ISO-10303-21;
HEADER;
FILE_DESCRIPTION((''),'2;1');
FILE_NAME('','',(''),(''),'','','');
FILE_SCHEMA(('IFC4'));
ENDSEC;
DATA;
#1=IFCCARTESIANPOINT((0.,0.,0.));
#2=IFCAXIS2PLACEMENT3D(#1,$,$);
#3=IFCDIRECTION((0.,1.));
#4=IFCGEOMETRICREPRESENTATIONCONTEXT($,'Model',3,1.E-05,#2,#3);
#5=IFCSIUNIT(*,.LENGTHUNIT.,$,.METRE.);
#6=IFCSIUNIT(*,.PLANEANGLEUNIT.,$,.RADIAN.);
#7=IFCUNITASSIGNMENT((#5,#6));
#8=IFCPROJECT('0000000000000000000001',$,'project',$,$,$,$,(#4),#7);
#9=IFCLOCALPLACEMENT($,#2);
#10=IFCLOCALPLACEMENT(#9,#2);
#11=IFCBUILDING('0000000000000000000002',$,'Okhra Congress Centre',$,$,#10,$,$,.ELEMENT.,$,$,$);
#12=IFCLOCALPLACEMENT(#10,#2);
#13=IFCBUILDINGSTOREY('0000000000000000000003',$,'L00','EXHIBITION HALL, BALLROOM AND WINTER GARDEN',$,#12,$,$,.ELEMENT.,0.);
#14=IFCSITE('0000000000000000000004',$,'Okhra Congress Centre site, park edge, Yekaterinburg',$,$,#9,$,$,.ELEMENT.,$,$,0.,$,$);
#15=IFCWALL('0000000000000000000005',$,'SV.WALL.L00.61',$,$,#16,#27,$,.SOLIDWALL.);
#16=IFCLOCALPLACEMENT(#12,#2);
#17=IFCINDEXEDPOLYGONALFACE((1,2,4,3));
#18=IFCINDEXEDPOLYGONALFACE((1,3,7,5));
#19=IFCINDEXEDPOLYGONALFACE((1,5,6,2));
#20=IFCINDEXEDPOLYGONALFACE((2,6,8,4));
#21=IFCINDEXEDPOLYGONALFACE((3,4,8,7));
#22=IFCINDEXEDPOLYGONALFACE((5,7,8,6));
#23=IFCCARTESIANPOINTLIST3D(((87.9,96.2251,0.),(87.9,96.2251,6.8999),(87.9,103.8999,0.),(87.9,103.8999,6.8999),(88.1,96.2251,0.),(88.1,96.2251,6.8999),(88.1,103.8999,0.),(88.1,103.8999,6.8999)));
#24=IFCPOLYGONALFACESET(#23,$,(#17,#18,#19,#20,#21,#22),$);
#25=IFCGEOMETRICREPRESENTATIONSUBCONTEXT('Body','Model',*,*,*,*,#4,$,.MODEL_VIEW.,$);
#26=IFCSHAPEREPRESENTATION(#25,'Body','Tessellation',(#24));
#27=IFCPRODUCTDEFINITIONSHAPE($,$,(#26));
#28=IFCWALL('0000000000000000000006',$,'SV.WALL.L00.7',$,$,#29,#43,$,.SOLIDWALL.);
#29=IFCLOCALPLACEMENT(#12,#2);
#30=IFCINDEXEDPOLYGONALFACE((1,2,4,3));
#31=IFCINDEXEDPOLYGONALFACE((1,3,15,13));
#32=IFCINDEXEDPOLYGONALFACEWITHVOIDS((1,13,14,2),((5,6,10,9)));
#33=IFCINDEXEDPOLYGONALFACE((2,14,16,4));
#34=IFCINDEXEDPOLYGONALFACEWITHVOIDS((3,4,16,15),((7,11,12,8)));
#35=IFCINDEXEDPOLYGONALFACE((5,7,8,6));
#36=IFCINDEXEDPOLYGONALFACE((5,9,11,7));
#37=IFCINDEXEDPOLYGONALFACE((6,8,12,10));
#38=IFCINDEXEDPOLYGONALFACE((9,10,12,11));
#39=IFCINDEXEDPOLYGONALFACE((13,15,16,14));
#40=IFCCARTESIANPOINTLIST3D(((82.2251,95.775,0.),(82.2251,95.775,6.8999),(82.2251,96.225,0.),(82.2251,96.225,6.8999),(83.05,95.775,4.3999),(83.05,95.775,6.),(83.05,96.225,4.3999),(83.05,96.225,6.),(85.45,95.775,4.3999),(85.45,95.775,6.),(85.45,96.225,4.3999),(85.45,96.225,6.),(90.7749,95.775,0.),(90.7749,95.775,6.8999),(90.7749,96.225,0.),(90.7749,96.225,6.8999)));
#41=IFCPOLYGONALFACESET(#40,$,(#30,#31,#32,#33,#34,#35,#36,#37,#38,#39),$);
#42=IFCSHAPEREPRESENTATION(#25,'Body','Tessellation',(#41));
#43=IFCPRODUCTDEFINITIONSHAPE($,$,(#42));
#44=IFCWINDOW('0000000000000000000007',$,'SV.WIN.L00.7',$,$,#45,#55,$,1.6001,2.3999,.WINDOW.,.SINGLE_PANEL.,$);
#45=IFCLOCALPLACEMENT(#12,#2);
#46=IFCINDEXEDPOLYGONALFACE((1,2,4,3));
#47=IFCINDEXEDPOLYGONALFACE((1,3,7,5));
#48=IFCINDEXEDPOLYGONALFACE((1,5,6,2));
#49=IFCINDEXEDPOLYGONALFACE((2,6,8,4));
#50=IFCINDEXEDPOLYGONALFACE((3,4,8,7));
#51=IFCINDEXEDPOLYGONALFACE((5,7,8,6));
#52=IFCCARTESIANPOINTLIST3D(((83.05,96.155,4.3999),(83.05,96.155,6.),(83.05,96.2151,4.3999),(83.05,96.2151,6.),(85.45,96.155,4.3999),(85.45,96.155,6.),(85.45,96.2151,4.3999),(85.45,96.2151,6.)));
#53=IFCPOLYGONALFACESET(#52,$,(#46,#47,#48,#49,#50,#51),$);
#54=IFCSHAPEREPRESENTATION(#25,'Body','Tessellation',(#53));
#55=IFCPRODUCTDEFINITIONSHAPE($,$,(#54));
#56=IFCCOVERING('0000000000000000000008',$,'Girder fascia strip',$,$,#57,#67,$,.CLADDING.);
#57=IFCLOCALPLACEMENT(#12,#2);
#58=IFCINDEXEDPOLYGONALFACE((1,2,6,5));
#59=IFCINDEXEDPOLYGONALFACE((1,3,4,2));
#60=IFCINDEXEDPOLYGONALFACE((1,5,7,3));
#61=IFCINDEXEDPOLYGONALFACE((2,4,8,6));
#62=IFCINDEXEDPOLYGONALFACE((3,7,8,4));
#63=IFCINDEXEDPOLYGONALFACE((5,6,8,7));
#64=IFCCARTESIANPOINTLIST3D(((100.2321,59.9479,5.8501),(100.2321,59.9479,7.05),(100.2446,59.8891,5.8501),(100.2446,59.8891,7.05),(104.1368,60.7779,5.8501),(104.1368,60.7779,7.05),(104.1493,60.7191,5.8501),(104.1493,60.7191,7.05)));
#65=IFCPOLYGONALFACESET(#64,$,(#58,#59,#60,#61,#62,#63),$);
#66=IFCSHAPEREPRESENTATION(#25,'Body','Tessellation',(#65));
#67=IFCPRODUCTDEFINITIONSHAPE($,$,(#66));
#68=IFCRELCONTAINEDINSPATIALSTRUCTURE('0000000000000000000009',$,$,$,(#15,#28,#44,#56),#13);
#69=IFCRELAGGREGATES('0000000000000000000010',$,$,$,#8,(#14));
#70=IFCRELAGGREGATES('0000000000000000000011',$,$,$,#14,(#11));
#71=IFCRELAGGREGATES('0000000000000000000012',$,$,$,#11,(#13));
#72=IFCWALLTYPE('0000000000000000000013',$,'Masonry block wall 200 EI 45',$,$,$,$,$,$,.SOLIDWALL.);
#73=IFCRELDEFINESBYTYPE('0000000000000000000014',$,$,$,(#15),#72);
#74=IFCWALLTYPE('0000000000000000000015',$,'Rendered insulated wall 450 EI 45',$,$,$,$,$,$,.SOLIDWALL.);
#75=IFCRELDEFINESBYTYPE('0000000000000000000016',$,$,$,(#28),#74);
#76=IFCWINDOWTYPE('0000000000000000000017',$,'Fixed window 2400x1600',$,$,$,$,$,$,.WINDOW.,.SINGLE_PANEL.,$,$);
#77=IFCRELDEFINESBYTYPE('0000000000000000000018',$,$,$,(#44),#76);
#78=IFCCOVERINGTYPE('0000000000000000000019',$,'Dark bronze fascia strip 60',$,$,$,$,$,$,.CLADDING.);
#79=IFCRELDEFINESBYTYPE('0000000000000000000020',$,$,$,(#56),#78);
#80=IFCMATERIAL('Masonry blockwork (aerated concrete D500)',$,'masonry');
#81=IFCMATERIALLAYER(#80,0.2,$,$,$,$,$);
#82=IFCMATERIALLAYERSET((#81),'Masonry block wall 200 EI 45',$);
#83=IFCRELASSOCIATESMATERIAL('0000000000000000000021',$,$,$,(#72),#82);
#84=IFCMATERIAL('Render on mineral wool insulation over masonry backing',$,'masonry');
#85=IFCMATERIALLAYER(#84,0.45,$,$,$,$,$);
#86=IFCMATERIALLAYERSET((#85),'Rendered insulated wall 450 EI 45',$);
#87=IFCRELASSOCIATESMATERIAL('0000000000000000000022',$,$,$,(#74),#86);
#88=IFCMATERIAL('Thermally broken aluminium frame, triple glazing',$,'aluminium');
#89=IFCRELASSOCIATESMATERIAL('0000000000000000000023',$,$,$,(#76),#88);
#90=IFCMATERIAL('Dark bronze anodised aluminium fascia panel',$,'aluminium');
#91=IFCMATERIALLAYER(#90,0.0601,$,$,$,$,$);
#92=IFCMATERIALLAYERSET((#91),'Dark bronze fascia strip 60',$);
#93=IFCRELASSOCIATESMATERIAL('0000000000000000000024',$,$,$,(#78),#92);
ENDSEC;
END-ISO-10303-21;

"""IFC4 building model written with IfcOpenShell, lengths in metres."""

from ifc_helpers import new_model, si_unit, direction, frame, frame_2d, origin, origin_2d, place, context, subcontext, project, spatial, rectangle, extrude, material, layer, layer_set, type_object, element, fill, save


model = new_model("IFC4")

# Units and contexts
model_context = context("Model", 3, precision=1e-05, world=origin(), true_north=direction((0.0, 1.0)))
body_context = subcontext(model_context, "Body", "Model", "MODEL_VIEW")
ifc_project = project(units=[si_unit("LENGTHUNIT", "METRE"), si_unit("PLANEANGLEUNIT", "RADIAN")], contexts=[model_context])

# Site, building, storey
site_placement = place(None, origin())
site = spatial("IfcSite", under=ifc_project, at=site_placement, Name="Okhra Congress Centre site, park edge, Yekaterinburg", CompositionType="ELEMENT", RefElevation=0.0)
building_placement = place(site_placement, origin())
building = spatial("IfcBuilding", under=site, at=building_placement, Name="Okhra Congress Centre", CompositionType="ELEMENT")
storey_placement = place(building_placement, origin())
storey = spatial("IfcBuildingStorey", under=building, at=storey_placement, Name="L00", Description="EXHIBITION HALL, BALLROOM AND WINTER GARDEN", CompositionType="ELEMENT", Elevation=0.0)

# Wall
ifc_material_1 = material(Name="Masonry blockwork (aerated concrete D500)", Category="masonry")
ifc_layer_1 = layer(ifc_material_1, 0.2)
ifc_layer_set_1 = layer_set([ifc_layer_1], Name="Masonry block wall 200 EI 45")
wall_type_1 = type_object("IfcWallType", Name="Masonry block wall 200 EI 45", PredefinedType="SOLIDWALL", material=ifc_layer_set_1)
wall_1_placement = place(storey_placement, frame((88.0, 96.2251, 0.0), z_axis=(0.0, 0.0, 1.0), x_axis=(0.0, 1.0, 0.0)))
element("IfcWall", 1, at=wall_1_placement, inside=storey, type_object=wall_type_1, Name="SV.WALL.L00.61", PredefinedType="SOLIDWALL", context=body_context, shape_type="SweptSolid", body=[
    extrude(rectangle(XDim=7.6748, YDim=0.2, at=frame_2d((3.8374, 0.0))), origin(), (0.0, 0.0, 1.0), 6.8999),
])

# Wall, opening, window
ifc_material_2 = material(Name="Render on mineral wool insulation over masonry backing", Category="masonry")
ifc_layer_2 = layer(ifc_material_2, 0.45)
ifc_layer_set_2 = layer_set([ifc_layer_2], Name="Rendered insulated wall 450 EI 45")
wall_type_2 = type_object("IfcWallType", Name="Rendered insulated wall 450 EI 45", PredefinedType="SOLIDWALL", material=ifc_layer_set_2)
wall_2_placement = place(storey_placement, frame((82.2251, 96.0, 0.0), z_axis=(0.0, 0.0, 1.0), x_axis=(1.0, 0.0, 0.0)))
wall_2 = element("IfcWall", 2, at=wall_2_placement, inside=storey, type_object=wall_type_2, Name="SV.WALL.L00.7", PredefinedType="SOLIDWALL", context=body_context, shape_type="SweptSolid", body=[
    extrude(rectangle(XDim=8.5498, YDim=0.45, at=frame_2d((4.2749, 0.0))), origin(), (0.0, 0.0, 1.0), 6.8999),
])
opening_1_placement = place(wall_2_placement, frame((0.825, 0.0, 4.3999)))
opening_1 = element("IfcOpeningElement", 3, at=opening_1_placement, cuts=wall_2, PredefinedType="OPENING", context=body_context, shape_type="SweptSolid", body=[
    extrude(rectangle(XDim=2.3999, YDim=1.6001, at=frame_2d((1.2, 0.8))), frame((0.0, 0.2349, 0.0), z_axis=(0.0, -1.0, 0.0), x_axis=(1.0, 0.0, 0.0)), (0.0, 0.0, 1.0), 0.47),
])
ifc_material_3 = material(Name="Thermally broken aluminium frame, triple glazing", Category="aluminium")
window_type = type_object("IfcWindowType", Name="Fixed window 2400x1600", PartitioningType="SINGLE_PANEL", PredefinedType="WINDOW", material=ifc_material_3)
window_1_placement = place(opening_1_placement, origin())
window_1 = element("IfcWindow", 4, at=window_1_placement, inside=storey, type_object=window_type, Name="SV.WIN.L00.7", OverallHeight=1.6001, OverallWidth=2.3999, PartitioningType="SINGLE_PANEL", PredefinedType="WINDOW", context=body_context, shape_type="SweptSolid", body=[
    extrude(rectangle(XDim=2.3999, YDim=1.6001, at=frame_2d((1.2, 0.8))), frame((0.0, 0.2151, 0.0), z_axis=(0.0, -1.0, 0.0), x_axis=(1.0, 0.0, 0.0)), (0.0, 0.0, 1.0), 0.0601),
])
fill(opening_1, window_1)

# Covering
ifc_material_4 = material(Name="Dark bronze anodised aluminium fascia panel", Category="aluminium")
ifc_layer_3 = layer(ifc_material_4, 0.0601)
ifc_layer_set_3 = layer_set([ifc_layer_3], Name="Dark bronze fascia strip 60")
covering_type = type_object("IfcCoveringType", Name="Dark bronze fascia strip 60", PredefinedType="CLADDING", material=ifc_layer_set_3)
covering_placement = place(storey_placement, frame((102.1907, 60.3335, 5.8501), z_axis=(0.0, 0.0, 1.0), x_axis=(0.978148, 0.207912, 0.0)))
element("IfcCovering", 5, at=covering_placement, inside=storey, type_object=covering_type, Name="Girder fascia strip", PredefinedType="CLADDING", context=body_context, shape_type="SweptSolid", body=[
    extrude(rectangle(XDim=3.9919, YDim=0.0601, at=origin_2d()), origin(), (0.0, 0.0, 1.0), 1.2),
])

save(model, "model.ifc")
